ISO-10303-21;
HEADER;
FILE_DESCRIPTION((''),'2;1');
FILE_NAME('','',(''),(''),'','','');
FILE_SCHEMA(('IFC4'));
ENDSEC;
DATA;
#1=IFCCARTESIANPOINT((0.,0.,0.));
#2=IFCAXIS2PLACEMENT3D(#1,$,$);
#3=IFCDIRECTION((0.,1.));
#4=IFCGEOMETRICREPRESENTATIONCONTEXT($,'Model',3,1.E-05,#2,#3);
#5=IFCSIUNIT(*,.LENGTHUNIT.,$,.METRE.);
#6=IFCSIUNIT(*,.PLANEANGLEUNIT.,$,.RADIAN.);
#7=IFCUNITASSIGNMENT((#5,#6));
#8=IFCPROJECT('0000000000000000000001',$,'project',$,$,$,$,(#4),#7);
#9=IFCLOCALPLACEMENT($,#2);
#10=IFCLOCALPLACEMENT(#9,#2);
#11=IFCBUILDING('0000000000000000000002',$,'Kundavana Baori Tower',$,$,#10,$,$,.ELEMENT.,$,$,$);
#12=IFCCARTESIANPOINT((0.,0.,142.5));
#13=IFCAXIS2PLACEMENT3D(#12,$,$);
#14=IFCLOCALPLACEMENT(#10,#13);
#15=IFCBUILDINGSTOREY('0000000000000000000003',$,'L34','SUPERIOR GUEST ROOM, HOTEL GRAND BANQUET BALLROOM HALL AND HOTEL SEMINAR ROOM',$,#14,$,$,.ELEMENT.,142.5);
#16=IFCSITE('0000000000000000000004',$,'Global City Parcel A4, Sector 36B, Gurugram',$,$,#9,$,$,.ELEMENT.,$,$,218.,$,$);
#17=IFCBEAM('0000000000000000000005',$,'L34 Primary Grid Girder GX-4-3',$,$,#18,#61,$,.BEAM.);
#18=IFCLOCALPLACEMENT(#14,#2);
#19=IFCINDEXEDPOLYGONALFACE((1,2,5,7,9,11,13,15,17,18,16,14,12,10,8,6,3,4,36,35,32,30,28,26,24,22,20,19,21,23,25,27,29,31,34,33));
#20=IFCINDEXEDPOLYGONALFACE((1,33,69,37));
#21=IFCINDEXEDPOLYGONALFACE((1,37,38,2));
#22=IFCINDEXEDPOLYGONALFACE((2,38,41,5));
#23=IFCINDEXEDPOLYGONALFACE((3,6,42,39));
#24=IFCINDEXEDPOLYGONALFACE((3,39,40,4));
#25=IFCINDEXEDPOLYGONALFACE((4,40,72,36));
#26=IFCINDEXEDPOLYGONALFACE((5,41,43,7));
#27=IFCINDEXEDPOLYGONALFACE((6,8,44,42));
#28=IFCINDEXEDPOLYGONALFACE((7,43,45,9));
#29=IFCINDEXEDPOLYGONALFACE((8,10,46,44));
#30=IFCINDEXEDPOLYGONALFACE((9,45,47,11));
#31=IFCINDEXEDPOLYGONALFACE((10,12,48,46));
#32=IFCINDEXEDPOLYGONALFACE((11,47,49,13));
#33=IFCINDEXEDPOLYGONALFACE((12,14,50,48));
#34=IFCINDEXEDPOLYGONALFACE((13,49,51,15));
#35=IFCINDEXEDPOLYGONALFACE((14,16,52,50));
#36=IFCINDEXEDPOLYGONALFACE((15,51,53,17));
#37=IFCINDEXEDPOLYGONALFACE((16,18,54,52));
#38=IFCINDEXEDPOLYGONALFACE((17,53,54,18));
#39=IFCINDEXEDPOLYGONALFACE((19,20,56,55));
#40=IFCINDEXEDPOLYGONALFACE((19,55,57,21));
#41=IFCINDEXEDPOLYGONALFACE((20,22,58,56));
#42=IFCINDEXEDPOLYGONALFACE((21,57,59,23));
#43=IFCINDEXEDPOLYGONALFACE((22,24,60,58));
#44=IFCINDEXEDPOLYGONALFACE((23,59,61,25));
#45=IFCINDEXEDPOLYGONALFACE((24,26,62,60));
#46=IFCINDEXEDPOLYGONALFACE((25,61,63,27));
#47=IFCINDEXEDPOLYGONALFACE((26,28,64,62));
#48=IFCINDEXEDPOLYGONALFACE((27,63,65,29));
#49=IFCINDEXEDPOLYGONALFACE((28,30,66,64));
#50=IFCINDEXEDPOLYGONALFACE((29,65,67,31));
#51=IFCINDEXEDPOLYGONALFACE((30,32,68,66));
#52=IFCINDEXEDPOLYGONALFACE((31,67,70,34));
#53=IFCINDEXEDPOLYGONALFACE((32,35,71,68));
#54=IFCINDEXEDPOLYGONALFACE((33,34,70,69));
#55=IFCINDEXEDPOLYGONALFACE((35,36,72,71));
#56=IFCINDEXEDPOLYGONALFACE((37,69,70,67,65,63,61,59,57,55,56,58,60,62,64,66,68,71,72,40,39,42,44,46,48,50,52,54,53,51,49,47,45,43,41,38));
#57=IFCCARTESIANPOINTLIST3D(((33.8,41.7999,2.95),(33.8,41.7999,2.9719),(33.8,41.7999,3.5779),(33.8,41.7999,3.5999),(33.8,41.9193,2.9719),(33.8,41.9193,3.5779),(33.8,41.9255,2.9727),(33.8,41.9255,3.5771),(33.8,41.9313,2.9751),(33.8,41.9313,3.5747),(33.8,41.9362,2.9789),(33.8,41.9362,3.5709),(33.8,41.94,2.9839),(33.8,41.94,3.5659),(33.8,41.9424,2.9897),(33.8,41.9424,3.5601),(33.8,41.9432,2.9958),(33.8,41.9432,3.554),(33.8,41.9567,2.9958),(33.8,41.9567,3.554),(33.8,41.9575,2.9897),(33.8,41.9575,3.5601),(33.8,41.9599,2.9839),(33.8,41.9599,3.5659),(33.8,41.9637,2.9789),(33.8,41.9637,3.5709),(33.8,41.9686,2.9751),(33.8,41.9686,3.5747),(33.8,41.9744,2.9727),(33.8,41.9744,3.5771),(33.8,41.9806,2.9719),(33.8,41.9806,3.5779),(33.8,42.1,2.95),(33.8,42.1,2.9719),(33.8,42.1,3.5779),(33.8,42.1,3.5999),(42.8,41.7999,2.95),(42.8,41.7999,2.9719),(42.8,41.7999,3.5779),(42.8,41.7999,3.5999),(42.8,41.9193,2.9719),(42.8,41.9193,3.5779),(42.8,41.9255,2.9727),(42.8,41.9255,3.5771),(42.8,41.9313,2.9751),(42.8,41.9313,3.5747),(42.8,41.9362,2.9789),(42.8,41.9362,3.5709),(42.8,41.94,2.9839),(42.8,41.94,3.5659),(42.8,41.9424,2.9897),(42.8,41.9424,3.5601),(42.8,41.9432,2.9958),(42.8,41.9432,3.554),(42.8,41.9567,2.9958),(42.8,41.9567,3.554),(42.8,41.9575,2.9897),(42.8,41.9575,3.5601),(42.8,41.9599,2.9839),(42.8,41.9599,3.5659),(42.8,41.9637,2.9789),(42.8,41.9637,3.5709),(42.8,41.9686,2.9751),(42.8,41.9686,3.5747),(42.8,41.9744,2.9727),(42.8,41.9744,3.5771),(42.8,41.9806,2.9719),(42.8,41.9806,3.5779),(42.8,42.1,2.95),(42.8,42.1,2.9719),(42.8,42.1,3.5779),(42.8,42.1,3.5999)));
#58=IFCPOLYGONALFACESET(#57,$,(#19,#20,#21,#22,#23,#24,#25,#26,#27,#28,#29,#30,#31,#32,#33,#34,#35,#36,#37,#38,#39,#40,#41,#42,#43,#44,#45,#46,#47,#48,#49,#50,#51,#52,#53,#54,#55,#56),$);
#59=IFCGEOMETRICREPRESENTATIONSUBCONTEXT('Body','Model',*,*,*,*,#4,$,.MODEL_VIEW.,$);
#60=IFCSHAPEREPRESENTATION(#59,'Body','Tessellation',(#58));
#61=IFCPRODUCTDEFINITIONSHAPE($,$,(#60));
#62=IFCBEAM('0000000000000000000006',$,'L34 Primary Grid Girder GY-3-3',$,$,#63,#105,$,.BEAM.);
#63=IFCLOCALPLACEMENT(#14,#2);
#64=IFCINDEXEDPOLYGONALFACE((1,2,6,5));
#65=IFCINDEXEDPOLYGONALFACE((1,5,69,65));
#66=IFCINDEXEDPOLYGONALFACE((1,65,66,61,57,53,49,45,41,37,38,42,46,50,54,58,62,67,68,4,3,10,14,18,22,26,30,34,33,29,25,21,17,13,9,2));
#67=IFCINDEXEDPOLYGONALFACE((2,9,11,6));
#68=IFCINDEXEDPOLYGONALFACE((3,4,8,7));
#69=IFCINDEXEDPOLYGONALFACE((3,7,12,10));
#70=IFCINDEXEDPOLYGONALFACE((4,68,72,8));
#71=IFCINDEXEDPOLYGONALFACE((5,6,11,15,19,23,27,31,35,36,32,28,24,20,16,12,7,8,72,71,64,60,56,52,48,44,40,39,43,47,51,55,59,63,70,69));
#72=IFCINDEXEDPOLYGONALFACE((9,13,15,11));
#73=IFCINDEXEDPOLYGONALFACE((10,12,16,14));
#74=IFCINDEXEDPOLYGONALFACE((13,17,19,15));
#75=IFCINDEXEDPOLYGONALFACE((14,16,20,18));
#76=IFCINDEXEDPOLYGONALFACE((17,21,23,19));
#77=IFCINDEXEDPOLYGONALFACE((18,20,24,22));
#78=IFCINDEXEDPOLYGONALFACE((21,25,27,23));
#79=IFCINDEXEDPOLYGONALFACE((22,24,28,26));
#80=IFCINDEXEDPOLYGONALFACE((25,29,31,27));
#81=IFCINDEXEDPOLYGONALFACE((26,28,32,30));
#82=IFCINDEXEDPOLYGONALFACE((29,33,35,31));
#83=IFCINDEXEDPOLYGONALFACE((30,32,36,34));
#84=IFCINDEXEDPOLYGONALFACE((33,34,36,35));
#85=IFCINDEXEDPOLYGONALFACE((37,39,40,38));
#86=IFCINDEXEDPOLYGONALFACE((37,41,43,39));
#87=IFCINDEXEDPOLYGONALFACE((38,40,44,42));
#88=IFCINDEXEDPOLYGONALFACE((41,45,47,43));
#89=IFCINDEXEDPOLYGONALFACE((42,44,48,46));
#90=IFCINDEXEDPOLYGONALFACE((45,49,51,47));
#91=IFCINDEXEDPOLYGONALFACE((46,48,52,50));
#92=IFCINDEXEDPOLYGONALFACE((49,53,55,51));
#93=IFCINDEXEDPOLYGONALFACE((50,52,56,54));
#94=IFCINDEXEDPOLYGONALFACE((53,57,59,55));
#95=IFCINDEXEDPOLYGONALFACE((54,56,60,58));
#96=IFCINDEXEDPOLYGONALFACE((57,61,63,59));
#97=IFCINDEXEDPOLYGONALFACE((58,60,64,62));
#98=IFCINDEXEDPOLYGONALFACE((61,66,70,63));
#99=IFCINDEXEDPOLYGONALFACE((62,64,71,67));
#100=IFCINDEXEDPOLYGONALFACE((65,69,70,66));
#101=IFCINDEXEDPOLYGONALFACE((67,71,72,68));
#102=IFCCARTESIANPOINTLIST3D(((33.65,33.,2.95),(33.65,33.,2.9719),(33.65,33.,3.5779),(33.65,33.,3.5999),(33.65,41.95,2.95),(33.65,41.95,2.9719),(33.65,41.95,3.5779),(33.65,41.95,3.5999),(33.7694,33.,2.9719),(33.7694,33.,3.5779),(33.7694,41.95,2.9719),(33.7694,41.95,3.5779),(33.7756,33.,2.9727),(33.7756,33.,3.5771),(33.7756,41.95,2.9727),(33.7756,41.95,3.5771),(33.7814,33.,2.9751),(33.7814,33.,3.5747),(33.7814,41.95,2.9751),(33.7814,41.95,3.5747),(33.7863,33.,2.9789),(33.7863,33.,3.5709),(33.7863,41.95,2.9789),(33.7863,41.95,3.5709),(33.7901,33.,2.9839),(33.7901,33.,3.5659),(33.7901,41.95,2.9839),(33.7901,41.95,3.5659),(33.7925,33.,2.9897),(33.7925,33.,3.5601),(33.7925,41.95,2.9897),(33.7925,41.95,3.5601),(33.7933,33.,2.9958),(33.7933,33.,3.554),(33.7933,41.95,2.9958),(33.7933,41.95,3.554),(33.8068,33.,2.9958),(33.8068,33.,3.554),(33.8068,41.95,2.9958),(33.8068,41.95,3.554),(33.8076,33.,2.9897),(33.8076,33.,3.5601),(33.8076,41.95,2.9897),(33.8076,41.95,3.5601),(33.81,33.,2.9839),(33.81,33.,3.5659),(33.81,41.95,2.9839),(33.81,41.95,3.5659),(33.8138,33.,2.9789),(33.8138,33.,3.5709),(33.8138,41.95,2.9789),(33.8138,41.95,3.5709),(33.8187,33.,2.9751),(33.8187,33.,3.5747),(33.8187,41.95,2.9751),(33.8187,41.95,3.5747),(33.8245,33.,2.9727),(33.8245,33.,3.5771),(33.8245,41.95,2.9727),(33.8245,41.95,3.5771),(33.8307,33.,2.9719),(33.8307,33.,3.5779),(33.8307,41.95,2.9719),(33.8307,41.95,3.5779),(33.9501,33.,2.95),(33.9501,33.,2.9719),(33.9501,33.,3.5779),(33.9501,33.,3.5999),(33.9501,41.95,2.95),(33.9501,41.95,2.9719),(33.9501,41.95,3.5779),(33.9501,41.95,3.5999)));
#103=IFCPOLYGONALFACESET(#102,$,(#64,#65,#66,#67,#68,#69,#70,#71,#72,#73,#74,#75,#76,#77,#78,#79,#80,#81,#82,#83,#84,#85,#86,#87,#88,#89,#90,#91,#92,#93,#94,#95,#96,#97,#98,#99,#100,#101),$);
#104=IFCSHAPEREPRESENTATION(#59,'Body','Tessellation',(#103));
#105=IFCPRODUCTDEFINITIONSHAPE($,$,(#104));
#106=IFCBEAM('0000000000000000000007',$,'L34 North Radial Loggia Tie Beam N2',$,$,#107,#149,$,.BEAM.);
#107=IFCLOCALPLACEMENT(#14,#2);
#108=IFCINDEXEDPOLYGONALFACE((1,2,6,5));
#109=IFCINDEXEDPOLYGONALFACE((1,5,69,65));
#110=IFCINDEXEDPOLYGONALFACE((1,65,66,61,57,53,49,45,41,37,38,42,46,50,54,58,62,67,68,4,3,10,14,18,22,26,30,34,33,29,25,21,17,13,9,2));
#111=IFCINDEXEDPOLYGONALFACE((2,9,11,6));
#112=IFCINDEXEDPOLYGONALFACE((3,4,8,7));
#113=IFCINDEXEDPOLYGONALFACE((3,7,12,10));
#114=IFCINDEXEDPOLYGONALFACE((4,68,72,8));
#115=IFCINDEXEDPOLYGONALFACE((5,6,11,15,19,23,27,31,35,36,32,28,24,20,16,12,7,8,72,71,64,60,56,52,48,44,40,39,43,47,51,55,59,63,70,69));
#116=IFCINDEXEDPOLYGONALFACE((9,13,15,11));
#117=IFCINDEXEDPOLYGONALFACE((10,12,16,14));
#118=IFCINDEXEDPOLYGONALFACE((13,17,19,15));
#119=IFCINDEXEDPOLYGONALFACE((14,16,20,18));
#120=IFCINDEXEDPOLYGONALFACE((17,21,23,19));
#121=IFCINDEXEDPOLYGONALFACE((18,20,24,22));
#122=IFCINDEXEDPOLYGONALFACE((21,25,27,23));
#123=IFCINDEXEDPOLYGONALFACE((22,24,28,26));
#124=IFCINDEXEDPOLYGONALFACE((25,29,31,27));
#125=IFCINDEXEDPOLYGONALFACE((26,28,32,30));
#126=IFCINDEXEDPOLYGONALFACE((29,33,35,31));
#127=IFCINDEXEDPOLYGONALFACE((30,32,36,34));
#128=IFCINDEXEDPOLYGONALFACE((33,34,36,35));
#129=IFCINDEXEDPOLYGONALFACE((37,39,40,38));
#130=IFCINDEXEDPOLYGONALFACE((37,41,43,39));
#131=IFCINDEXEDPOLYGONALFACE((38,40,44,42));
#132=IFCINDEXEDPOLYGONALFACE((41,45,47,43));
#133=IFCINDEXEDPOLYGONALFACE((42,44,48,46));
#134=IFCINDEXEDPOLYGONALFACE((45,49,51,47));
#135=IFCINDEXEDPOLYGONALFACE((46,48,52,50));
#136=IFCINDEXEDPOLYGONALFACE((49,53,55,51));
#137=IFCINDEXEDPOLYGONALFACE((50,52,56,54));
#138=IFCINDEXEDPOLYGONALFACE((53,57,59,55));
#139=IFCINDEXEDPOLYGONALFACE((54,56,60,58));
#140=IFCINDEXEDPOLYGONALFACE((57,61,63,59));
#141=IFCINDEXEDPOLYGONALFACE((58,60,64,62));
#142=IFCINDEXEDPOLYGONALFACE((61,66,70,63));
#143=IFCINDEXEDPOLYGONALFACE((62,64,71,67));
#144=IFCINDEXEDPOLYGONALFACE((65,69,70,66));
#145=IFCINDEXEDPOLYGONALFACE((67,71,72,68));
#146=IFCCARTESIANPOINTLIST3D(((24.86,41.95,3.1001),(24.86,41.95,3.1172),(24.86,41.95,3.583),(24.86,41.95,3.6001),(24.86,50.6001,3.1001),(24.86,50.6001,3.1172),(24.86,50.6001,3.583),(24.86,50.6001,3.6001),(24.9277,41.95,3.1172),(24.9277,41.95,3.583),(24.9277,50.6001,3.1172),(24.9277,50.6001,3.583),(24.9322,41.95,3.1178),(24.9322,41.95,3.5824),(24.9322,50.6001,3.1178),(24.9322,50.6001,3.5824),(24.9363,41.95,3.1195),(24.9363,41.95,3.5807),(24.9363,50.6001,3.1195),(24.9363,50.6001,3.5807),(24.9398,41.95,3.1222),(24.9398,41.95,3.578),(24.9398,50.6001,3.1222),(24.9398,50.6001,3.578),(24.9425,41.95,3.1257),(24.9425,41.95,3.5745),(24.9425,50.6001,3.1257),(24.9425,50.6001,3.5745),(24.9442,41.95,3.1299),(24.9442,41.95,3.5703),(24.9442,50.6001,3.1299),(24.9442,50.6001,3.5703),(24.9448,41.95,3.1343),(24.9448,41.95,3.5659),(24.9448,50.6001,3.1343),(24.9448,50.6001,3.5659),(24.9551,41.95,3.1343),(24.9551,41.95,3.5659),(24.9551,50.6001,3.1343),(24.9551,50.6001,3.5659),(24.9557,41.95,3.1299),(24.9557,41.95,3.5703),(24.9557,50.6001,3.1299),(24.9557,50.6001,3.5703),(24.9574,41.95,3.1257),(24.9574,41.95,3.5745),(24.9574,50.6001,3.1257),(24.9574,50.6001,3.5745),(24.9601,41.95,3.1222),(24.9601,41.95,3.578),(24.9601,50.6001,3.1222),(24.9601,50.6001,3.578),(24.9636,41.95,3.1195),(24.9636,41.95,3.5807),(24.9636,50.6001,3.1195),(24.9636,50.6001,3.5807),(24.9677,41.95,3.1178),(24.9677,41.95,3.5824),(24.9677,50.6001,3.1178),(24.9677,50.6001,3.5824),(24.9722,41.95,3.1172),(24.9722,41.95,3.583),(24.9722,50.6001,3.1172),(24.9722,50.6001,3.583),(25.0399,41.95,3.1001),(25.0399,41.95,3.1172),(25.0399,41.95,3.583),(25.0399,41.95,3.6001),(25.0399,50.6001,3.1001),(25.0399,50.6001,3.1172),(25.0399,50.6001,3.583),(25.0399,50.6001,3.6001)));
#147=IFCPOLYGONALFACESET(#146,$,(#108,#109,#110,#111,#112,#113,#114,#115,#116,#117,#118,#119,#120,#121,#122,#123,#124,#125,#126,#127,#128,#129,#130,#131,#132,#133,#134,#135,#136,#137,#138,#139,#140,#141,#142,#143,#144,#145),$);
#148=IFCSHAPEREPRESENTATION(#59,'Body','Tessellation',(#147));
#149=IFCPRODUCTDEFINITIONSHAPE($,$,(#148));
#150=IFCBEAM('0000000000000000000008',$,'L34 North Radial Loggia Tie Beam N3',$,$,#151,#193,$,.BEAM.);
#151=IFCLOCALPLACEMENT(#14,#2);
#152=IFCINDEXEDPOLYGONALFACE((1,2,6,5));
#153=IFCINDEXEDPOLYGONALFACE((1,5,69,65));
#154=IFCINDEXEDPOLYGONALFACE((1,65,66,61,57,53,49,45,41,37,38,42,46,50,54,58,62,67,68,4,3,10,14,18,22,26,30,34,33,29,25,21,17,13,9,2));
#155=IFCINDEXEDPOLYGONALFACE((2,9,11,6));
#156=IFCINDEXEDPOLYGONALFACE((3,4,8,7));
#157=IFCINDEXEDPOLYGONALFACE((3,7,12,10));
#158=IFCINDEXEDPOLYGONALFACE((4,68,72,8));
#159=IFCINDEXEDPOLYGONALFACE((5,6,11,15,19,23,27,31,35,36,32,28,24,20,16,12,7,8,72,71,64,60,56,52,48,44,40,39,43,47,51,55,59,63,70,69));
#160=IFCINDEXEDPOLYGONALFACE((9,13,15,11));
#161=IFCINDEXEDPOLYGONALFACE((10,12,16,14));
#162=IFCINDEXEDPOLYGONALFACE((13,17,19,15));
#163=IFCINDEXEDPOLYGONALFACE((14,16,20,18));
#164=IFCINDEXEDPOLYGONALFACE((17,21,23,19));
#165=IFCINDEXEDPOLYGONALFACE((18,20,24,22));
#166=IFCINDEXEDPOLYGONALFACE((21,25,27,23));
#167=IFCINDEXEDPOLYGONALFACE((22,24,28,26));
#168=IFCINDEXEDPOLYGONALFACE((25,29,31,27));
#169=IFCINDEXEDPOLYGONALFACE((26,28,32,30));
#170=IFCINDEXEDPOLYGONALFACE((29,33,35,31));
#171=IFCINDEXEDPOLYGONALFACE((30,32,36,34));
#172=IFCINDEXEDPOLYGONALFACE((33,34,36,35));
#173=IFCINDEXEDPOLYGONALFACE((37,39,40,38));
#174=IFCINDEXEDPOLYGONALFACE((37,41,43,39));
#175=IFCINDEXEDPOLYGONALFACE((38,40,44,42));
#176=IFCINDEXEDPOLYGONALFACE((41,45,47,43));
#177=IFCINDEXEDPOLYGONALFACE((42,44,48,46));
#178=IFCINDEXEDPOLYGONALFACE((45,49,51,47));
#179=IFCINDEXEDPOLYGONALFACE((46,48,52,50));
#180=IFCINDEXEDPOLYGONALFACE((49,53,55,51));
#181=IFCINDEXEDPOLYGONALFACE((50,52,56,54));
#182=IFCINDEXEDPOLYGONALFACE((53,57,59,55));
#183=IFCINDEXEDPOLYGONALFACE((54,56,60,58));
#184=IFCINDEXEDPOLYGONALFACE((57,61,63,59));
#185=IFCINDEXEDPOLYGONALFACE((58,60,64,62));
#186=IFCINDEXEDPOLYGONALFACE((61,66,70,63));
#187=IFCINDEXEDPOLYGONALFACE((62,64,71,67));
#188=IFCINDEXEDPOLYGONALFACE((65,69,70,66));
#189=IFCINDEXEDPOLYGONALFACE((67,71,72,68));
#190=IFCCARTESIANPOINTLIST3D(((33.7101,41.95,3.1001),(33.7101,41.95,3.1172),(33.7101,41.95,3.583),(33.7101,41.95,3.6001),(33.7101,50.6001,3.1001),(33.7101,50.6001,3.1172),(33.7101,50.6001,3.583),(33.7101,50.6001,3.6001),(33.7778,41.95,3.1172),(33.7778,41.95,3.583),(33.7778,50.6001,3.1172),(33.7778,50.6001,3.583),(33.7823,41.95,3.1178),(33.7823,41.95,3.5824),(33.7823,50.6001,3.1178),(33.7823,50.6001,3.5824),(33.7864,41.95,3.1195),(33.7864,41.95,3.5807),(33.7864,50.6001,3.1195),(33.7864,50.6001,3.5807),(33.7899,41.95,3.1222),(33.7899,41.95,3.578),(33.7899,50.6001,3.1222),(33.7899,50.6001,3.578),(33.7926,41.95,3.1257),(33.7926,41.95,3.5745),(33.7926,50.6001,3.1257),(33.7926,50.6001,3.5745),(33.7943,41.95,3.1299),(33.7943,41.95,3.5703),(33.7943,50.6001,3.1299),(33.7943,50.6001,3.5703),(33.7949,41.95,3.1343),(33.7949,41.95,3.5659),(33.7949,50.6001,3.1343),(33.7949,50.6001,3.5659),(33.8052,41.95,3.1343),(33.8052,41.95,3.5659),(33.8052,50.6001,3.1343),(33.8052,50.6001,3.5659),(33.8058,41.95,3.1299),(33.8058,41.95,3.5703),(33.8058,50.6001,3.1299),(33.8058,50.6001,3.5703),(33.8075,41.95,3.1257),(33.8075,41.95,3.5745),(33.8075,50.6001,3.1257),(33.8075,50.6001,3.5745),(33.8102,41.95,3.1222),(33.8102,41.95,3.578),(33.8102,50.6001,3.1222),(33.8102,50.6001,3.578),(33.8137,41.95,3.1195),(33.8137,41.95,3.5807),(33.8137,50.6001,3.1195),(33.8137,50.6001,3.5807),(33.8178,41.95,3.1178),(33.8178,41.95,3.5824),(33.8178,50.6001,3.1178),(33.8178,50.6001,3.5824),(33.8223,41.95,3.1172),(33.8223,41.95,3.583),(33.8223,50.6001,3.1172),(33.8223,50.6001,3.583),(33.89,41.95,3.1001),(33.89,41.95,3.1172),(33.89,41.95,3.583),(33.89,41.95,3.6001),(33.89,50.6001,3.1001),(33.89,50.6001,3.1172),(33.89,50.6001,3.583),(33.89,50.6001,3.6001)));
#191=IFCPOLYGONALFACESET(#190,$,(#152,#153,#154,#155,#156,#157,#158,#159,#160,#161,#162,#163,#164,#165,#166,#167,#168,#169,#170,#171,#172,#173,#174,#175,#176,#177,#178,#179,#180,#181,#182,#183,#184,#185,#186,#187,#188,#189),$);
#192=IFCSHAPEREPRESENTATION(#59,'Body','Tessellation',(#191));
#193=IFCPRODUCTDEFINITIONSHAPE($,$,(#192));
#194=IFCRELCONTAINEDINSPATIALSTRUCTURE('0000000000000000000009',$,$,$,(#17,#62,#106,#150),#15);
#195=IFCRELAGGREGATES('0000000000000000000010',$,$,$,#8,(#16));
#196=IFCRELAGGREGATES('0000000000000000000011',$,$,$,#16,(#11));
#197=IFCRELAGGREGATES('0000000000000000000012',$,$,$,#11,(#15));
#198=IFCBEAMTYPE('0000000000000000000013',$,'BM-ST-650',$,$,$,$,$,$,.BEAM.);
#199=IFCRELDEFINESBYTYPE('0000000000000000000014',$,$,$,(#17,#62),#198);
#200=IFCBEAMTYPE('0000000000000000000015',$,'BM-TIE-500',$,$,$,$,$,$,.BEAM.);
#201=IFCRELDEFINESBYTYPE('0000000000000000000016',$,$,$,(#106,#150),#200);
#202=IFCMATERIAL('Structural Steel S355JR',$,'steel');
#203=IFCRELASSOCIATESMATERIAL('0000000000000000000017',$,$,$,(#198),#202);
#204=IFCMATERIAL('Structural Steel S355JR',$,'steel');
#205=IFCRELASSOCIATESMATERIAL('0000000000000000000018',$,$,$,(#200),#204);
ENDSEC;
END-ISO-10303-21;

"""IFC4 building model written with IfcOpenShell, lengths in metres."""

from ifc_helpers import new_model, si_unit, direction, frame, origin, origin_2d, place, context, subcontext, project, spatial, i_section, extrude, material, material_profile, profile_set, type_object, element, save


model = new_model("IFC4")

# Units and contexts
model_context = context("Model", 3, precision=1e-05, world=origin(), true_north=direction((0.0, 1.0)))
body_context = subcontext(model_context, "Body", "Model", "MODEL_VIEW")
ifc_project = project(units=[si_unit("LENGTHUNIT", "METRE"), si_unit("PLANEANGLEUNIT", "RADIAN")], contexts=[model_context])

# Site, building, storey
site_placement = place(None, origin())
site = spatial("IfcSite", under=ifc_project, at=site_placement, Name="Global City Parcel A4, Sector 36B, Gurugram", CompositionType="ELEMENT", RefElevation=218.0)
building_placement = place(site_placement, origin())
building = spatial("IfcBuilding", under=site, at=building_placement, Name="Kundavana Baori Tower", CompositionType="ELEMENT")
storey_placement = place(building_placement, frame((0.0, 0.0, 142.5)))
storey = spatial("IfcBuildingStorey", under=building, at=storey_placement, Name="L34", Description="SUPERIOR GUEST ROOM, HOTEL GRAND BANQUET BALLROOM HALL AND HOTEL SEMINAR ROOM", CompositionType="ELEMENT", Elevation=142.5)

# Beams
ifc_material_1 = material(Name="Structural Steel S355JR", Category="steel")
ifc_material_profile_1 = material_profile(ifc_material_1, i_section(OverallWidth=0.3, OverallDepth=0.6499, WebThickness=0.0134, FlangeThickness=0.022, FilletRadius=0.0239, at=origin_2d()), Name="NPB 650x300x155")
ifc_profile_set_1 = profile_set([ifc_material_profile_1], Name="Structural Steel S355JR")
beam_type_1 = type_object("IfcBeamType", Name="BM-ST-650", PredefinedType="BEAM", material=ifc_profile_set_1)
beam_1_placement = place(storey_placement, frame((33.8, 41.95, 3.2749), z_axis=(1.0, 0.0, 0.0), x_axis=(0.0, 1.0, 0.0)))
element("IfcBeam", 1, at=beam_1_placement, inside=storey, type_object=beam_type_1, Name="L34 Primary Grid Girder GX-4-3", PredefinedType="BEAM", context=body_context, shape_type="SweptSolid", body=[
    extrude(i_section(OverallWidth=0.3, OverallDepth=0.6499, WebThickness=0.0134, FlangeThickness=0.022, FilletRadius=0.0239, at=origin_2d()), origin(), (0.0, 0.0, 1.0), 9.0),
])
beam_2_placement = place(storey_placement, frame((33.8, 33.0, 3.2749), z_axis=(0.0, 1.0, 0.0), x_axis=(-1.0, 0.0, 0.0)))
element("IfcBeam", 2, at=beam_2_placement, inside=storey, type_object=beam_type_1, Name="L34 Primary Grid Girder GY-3-3", PredefinedType="BEAM", context=body_context, shape_type="SweptSolid", body=[
    extrude(i_section(OverallWidth=0.3, OverallDepth=0.6499, WebThickness=0.0134, FlangeThickness=0.022, FilletRadius=0.0239, at=origin_2d()), origin(), (0.0, 0.0, 1.0), 8.95),
])
ifc_material_2 = material(Name="Structural Steel S355JR", Category="steel")
ifc_material_profile_2 = material_profile(ifc_material_2, i_section(OverallWidth=0.1799, OverallDepth=0.5, WebThickness=0.0103, FlangeThickness=0.0171, FilletRadius=0.0171, at=origin_2d()), Name="ISMB 500")
ifc_profile_set_2 = profile_set([ifc_material_profile_2], Name="Structural Steel S355JR")
beam_type_2 = type_object("IfcBeamType", Name="BM-TIE-500", PredefinedType="BEAM", material=ifc_profile_set_2)
for number, where, z_axis, x_axis, name in (
    (3, (24.95, 41.95, 3.3501), (0.0, 1.0, 0.0), (-1.0, 0.0, 0.0), "L34 North Radial Loggia Tie Beam N2"),
    (4, (33.8, 41.95, 3.3501), (0.0, 1.0, 0.0), (-1.0, 0.0, 0.0), "L34 North Radial Loggia Tie Beam N3"),
):
    element("IfcBeam", number, at=place(storey_placement, frame(where, z_axis=z_axis, x_axis=x_axis)), inside=storey, type_object=beam_type_2, Name=name, PredefinedType="BEAM", context=body_context, shape_type="SweptSolid", body=[
        extrude(i_section(OverallWidth=0.1799, OverallDepth=0.5, WebThickness=0.0103, FlangeThickness=0.0171, FilletRadius=0.0171, at=origin_2d()), origin(), (0.0, 0.0, 1.0), 8.6501),
    ])

save(model, "model.ifc")
